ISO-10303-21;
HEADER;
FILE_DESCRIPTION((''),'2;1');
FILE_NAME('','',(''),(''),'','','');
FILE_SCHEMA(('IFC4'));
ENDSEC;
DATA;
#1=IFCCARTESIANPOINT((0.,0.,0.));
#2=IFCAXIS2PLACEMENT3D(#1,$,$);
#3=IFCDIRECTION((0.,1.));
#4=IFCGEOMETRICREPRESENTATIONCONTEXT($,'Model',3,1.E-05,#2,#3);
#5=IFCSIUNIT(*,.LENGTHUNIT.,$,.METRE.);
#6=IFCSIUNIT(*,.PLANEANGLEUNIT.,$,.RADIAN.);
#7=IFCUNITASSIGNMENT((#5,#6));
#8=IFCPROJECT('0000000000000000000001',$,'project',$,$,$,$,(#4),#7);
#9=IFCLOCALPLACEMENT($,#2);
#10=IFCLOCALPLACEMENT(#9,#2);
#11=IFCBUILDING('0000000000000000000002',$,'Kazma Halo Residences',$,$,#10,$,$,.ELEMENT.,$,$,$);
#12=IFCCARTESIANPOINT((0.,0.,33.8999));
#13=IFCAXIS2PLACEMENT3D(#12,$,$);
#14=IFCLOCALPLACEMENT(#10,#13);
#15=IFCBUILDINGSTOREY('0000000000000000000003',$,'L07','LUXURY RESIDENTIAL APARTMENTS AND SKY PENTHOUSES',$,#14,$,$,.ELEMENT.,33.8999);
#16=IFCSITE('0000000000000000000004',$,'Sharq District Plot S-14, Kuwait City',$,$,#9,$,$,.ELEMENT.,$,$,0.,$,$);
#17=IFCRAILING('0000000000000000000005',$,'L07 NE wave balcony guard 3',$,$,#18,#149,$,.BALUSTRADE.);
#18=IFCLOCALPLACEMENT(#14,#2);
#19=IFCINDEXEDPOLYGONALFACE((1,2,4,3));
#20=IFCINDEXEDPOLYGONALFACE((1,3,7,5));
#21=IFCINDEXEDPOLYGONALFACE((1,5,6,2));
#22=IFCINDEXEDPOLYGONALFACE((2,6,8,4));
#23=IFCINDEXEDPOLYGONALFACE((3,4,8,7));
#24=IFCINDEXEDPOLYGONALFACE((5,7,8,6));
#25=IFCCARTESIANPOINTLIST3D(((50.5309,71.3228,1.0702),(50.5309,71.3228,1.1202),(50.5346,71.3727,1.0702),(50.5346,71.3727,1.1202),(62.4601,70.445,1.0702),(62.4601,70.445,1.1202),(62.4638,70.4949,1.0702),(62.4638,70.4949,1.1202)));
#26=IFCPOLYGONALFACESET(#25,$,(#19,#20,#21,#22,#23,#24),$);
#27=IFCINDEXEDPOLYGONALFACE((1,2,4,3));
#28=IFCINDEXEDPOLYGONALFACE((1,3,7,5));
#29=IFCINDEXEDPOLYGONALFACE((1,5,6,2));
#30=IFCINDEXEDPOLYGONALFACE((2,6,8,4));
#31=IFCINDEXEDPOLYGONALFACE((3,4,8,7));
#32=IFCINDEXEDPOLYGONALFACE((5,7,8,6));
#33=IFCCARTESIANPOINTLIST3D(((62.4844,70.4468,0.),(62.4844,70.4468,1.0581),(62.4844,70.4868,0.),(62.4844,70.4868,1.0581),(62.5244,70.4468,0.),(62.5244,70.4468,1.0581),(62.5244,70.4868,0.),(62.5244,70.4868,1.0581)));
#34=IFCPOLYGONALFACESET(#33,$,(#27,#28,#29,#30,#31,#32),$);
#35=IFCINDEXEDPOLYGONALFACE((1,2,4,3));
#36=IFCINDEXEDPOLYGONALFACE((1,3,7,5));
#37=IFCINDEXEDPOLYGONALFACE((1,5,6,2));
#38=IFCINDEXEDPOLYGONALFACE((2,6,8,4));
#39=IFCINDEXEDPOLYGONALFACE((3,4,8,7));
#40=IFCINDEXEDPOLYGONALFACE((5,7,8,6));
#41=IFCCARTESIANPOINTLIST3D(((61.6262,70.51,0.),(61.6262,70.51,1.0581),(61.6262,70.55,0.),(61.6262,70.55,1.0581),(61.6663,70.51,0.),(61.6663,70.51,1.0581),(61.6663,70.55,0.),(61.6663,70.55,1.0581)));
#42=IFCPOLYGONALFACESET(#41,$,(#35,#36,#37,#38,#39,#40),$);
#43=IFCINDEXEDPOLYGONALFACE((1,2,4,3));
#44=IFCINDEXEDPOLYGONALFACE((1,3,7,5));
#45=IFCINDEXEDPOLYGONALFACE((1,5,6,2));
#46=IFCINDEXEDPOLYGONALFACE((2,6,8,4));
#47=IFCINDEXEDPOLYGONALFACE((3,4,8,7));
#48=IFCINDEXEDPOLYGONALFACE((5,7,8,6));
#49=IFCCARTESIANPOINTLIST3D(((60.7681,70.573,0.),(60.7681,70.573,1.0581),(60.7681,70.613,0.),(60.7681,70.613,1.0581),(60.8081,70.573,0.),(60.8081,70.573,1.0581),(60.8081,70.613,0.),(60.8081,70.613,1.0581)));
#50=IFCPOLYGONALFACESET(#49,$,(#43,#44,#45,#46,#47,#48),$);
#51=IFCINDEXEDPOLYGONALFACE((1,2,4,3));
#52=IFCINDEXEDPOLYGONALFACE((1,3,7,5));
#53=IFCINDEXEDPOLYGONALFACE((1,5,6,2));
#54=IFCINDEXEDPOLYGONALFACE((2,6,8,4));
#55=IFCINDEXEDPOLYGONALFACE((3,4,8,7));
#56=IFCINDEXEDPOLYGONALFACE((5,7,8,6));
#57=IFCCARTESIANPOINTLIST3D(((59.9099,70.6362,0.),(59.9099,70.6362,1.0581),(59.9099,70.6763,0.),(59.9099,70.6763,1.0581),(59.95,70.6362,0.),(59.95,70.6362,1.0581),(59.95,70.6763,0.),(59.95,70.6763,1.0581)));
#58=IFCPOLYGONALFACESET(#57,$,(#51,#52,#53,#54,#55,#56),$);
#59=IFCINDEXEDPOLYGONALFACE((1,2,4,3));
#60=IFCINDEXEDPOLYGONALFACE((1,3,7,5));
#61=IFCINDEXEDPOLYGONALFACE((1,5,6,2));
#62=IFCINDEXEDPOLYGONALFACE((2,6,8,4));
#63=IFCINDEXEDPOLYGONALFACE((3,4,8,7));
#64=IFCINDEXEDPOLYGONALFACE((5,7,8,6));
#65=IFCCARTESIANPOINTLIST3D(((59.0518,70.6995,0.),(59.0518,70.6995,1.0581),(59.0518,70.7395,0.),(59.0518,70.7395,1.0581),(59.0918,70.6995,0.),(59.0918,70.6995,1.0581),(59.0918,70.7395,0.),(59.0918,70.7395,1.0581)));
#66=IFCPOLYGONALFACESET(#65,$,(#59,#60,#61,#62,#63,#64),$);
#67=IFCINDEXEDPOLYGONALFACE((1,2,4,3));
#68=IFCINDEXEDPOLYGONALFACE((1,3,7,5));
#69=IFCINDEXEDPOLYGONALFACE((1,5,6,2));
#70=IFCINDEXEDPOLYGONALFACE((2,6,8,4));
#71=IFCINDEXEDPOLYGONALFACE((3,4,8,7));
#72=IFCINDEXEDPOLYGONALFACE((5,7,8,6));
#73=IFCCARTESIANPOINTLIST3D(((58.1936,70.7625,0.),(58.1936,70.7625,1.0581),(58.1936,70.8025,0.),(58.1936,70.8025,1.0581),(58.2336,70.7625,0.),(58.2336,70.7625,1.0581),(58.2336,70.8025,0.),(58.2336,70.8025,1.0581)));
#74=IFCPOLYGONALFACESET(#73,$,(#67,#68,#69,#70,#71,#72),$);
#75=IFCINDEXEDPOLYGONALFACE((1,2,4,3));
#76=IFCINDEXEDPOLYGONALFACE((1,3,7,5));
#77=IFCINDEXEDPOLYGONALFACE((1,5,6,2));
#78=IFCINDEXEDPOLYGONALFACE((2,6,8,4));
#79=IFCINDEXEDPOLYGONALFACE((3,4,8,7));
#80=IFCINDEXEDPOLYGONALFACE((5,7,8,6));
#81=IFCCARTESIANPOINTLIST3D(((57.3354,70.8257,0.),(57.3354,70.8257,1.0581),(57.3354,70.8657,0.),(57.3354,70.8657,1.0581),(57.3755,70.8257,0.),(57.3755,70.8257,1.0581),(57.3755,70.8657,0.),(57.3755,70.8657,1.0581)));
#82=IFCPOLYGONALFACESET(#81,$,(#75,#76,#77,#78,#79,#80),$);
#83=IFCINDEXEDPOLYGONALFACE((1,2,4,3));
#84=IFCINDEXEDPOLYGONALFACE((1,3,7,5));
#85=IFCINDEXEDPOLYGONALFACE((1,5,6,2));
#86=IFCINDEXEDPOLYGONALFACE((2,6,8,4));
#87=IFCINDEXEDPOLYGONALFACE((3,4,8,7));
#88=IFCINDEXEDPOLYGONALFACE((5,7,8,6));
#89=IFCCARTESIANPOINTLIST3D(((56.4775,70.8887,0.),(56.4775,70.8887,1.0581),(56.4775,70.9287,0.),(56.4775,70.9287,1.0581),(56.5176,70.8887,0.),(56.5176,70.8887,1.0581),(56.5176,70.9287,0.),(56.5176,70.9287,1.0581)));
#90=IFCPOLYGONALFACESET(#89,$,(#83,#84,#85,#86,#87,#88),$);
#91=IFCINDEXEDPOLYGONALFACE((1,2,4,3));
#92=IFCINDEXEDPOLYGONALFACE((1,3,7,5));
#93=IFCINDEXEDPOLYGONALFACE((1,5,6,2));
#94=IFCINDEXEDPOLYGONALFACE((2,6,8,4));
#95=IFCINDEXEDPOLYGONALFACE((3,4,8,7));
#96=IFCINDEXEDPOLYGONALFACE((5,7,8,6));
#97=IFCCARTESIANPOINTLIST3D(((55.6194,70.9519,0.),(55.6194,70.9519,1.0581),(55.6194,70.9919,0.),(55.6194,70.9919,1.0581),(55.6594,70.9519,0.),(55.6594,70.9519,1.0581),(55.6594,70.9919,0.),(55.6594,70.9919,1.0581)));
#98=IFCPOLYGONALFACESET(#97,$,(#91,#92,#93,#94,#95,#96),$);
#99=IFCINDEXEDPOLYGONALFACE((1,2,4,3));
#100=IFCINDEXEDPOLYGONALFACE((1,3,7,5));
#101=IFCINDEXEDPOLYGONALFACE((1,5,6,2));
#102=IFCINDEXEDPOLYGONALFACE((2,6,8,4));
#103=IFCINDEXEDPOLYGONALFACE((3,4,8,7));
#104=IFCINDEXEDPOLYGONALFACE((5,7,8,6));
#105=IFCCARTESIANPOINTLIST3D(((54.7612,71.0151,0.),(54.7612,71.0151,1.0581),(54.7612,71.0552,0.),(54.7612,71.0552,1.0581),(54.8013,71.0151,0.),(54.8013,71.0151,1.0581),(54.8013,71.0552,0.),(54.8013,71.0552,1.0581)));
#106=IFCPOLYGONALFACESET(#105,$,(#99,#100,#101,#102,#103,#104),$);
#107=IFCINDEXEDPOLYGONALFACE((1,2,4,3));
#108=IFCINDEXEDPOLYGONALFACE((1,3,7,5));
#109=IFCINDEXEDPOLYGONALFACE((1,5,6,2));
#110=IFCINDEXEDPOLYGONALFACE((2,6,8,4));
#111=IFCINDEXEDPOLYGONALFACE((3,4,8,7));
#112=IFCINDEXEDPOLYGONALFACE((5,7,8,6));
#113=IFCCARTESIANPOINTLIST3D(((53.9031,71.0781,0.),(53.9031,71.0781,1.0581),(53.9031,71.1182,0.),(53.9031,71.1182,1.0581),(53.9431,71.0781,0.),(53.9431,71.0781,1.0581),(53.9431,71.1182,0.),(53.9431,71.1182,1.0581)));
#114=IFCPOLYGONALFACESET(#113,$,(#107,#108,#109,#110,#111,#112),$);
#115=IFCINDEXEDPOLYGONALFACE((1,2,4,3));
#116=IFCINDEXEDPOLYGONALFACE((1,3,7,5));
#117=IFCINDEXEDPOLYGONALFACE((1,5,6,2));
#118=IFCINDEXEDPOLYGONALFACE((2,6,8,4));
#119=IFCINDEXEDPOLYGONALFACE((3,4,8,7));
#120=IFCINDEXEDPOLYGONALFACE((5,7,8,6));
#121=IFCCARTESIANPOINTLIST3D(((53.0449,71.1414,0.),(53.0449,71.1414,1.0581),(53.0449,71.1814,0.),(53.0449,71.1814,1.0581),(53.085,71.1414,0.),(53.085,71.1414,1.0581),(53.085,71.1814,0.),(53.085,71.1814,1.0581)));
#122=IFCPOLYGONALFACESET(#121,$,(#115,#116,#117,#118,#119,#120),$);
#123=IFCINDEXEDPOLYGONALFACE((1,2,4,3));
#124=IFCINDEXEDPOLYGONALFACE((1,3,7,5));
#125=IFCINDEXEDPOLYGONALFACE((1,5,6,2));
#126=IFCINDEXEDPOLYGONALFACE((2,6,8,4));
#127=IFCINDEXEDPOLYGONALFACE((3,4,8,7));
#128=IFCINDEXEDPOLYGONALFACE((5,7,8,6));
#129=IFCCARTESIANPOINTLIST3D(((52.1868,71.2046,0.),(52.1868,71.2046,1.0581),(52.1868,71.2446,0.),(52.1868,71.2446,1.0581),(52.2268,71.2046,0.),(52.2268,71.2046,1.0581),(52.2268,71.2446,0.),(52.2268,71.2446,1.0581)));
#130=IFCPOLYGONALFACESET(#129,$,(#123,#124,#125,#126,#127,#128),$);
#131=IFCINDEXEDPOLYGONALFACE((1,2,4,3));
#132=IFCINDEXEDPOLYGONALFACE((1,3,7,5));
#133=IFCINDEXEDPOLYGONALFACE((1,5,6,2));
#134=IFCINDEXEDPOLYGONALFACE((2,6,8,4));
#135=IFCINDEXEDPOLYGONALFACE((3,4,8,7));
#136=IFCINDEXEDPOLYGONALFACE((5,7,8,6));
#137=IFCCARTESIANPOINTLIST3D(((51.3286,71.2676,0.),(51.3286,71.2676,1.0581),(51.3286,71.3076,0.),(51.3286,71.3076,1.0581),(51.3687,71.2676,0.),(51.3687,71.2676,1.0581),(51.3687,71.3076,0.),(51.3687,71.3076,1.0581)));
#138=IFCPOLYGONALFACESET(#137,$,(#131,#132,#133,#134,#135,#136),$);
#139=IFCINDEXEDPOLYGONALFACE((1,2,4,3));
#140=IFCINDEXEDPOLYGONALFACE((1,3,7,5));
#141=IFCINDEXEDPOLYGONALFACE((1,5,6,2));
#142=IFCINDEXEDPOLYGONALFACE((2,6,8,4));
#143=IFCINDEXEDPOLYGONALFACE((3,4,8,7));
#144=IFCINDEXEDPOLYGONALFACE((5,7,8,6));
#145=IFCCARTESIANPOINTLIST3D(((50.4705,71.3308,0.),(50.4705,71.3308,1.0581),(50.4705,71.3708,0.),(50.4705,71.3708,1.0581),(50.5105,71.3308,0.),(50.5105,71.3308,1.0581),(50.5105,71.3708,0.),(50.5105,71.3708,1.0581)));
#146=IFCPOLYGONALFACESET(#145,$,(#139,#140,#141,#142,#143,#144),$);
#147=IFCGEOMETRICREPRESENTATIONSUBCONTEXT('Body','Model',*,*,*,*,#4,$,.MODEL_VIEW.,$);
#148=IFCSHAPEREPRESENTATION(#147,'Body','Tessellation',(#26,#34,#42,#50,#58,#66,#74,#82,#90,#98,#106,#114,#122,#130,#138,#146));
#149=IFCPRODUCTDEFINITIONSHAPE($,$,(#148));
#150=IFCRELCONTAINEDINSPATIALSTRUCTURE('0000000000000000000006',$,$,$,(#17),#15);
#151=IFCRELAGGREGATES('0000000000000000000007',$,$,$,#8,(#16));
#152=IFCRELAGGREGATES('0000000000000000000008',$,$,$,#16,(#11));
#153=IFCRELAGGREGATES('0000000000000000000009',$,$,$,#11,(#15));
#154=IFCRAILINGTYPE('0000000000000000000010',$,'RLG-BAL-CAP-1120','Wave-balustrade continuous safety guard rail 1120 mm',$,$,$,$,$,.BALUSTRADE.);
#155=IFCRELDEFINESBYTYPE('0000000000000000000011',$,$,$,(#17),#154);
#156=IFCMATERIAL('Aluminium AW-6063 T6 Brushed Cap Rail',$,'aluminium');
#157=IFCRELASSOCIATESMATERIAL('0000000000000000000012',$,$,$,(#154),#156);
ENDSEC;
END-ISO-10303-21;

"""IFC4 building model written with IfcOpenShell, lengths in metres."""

from ifc_helpers import new_model, si_unit, direction, frame, origin, origin_2d, place, context, subcontext, project, spatial, rectangle, extrude, material, type_object, element, save


model = new_model("IFC4")

# Units and contexts
model_context = context("Model", 3, precision=1e-05, world=origin(), true_north=direction((0.0, 1.0)))
body_context = subcontext(model_context, "Body", "Model", "MODEL_VIEW")
ifc_project = project(units=[si_unit("LENGTHUNIT", "METRE"), si_unit("PLANEANGLEUNIT", "RADIAN")], contexts=[model_context])

# Site, building, storey
site_placement = place(None, origin())
site = spatial("IfcSite", under=ifc_project, at=site_placement, Name="Sharq District Plot S-14, Kuwait City", CompositionType="ELEMENT", RefElevation=0.0)
building_placement = place(site_placement, origin())
building = spatial("IfcBuilding", under=site, at=building_placement, Name="Kazma Halo Residences", CompositionType="ELEMENT")
storey_placement = place(building_placement, frame((0.0, 0.0, 33.8999)))
storey = spatial("IfcBuildingStorey", under=building, at=storey_placement, Name="L07", Description="LUXURY RESIDENTIAL APARTMENTS AND SKY PENTHOUSES", CompositionType="ELEMENT", Elevation=33.8999)

# Railing
ifc_material_1 = material(Name="Aluminium AW-6063 T6 Brushed Cap Rail", Category="aluminium")
railing_type = type_object("IfcRailingType", Name="RLG-BAL-CAP-1120", Description="Wave-balustrade continuous safety guard rail 1120 mm", PredefinedType="BALUSTRADE", material=ifc_material_1)
railing_1_placement = place(storey_placement, frame((62.5044, 70.4668, 0.0)))
element("IfcRailing", 1, at=railing_1_placement, inside=storey, type_object=railing_type, Name="L07 NE wave balcony guard 3", PredefinedType="BALUSTRADE", context=body_context, shape_type="SweptSolid", body=[
    extrude(rectangle(XDim=0.05, YDim=0.05, at=origin_2d()), frame((-0.0425, 0.0032, 1.0952), z_axis=(-0.997304, 0.073386, 0.0), x_axis=(-0.073386, -0.997304, 0.0)), (0.0, 0.0, 1.0), 11.9614),
    extrude(rectangle(XDim=0.04, YDim=0.04, at=origin_2d()), origin(), (0.0, 0.0, 1.0), 1.0581),
    extrude(rectangle(XDim=0.04, YDim=0.04, at=origin_2d()), frame((-0.8582, 0.0632, 0.0)), (0.0, 0.0, 1.0), 1.0581),
    extrude(rectangle(XDim=0.04, YDim=0.04, at=origin_2d()), frame((-1.7163, 0.1262, 0.0)), (0.0, 0.0, 1.0), 1.0581),
    extrude(rectangle(XDim=0.04, YDim=0.04, at=origin_2d()), frame((-2.5745, 0.1895, 0.0)), (0.0, 0.0, 1.0), 1.0581),
    extrude(rectangle(XDim=0.04, YDim=0.04, at=origin_2d()), frame((-3.4326, 0.2527, 0.0)), (0.0, 0.0, 1.0), 1.0581),
    extrude(rectangle(XDim=0.04, YDim=0.04, at=origin_2d()), frame((-4.2908, 0.3157, 0.0)), (0.0, 0.0, 1.0), 1.0581),
    extrude(rectangle(XDim=0.04, YDim=0.04, at=origin_2d()), frame((-5.1489, 0.3789, 0.0)), (0.0, 0.0, 1.0), 1.0581),
    extrude(rectangle(XDim=0.04, YDim=0.04, at=origin_2d()), frame((-6.0068, 0.4419, 0.0)), (0.0, 0.0, 1.0), 1.0581),
    extrude(rectangle(XDim=0.04, YDim=0.04, at=origin_2d()), frame((-6.865, 0.5051, 0.0)), (0.0, 0.0, 1.0), 1.0581),
    extrude(rectangle(XDim=0.04, YDim=0.04, at=origin_2d()), frame((-7.7231, 0.5684, 0.0)), (0.0, 0.0, 1.0), 1.0581),
    extrude(rectangle(XDim=0.04, YDim=0.04, at=origin_2d()), frame((-8.5813, 0.6313, 0.0)), (0.0, 0.0, 1.0), 1.0581),
    extrude(rectangle(XDim=0.04, YDim=0.04, at=origin_2d()), frame((-9.4395, 0.6946, 0.0)), (0.0, 0.0, 1.0), 1.0581),
    extrude(rectangle(XDim=0.04, YDim=0.04, at=origin_2d()), frame((-10.2976, 0.7578, 0.0)), (0.0, 0.0, 1.0), 1.0581),
    extrude(rectangle(XDim=0.04, YDim=0.04, at=origin_2d()), frame((-11.1558, 0.8208, 0.0)), (0.0, 0.0, 1.0), 1.0581),
    extrude(rectangle(XDim=0.04, YDim=0.04, at=origin_2d()), frame((-12.0139, 0.884, 0.0)), (0.0, 0.0, 1.0), 1.0581),
])

save(model, "model.ifc")
